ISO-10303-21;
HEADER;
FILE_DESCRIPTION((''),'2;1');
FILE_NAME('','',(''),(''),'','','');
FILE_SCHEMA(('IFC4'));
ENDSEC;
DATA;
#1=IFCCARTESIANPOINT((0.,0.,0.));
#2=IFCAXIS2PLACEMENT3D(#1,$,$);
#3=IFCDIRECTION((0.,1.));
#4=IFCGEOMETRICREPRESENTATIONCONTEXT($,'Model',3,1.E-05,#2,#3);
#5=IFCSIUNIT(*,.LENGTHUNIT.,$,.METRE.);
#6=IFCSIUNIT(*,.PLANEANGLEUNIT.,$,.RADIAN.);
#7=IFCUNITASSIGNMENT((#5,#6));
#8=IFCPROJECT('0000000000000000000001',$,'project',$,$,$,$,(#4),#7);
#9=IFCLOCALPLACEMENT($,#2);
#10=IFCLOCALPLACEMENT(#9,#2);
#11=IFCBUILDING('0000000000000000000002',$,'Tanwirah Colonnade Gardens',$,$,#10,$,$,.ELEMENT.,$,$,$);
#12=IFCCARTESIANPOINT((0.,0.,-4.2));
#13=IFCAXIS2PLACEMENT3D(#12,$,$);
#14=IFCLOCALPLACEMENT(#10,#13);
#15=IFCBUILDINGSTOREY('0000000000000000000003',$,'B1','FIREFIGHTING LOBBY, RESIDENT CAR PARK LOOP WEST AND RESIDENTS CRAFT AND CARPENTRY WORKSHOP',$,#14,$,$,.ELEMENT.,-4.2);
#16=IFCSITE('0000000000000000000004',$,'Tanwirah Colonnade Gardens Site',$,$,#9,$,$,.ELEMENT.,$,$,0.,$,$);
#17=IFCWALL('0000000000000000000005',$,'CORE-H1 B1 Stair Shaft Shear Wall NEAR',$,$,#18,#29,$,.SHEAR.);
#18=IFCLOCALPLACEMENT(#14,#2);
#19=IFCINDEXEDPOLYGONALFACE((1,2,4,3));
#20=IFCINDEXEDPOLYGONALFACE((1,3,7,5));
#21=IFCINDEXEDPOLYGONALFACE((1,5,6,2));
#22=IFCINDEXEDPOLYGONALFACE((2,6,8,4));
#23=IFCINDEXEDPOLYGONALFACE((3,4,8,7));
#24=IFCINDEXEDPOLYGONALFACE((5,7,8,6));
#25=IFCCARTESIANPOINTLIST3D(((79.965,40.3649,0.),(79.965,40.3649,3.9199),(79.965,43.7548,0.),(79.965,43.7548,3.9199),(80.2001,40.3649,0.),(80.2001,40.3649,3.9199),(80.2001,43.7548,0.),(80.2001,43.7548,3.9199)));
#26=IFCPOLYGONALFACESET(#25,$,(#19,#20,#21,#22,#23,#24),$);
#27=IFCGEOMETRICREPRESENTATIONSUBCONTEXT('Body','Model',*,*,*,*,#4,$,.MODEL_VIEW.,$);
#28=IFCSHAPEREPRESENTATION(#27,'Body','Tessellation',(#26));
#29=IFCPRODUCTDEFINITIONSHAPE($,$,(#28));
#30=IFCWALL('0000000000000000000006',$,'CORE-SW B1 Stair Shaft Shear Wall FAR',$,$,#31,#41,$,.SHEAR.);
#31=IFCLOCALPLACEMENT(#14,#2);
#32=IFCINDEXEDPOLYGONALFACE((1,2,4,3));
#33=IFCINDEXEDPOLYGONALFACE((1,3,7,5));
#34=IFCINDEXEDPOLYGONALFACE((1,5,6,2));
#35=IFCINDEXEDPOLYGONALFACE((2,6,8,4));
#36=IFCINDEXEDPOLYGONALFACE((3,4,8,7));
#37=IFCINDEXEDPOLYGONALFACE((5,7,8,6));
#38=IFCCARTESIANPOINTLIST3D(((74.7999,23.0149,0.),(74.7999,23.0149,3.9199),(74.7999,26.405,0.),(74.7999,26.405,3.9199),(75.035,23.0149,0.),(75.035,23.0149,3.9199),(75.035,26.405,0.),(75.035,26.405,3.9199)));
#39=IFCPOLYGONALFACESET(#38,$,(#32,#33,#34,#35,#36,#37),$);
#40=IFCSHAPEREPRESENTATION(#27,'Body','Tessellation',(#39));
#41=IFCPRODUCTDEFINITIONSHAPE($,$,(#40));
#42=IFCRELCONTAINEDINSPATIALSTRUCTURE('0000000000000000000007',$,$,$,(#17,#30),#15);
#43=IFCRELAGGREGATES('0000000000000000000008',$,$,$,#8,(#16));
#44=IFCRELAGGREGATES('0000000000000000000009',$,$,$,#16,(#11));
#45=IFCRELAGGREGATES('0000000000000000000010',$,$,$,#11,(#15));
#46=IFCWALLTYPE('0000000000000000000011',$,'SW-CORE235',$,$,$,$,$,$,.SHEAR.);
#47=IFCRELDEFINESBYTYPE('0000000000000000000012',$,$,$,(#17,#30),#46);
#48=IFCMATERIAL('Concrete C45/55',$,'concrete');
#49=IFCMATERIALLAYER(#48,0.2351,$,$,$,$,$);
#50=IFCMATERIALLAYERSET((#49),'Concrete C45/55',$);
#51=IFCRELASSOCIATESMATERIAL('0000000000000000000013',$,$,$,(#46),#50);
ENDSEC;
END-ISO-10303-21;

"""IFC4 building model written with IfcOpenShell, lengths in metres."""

from ifc_helpers import new_model, si_unit, direction, frame, frame_2d, origin, place, context, subcontext, project, spatial, rectangle, extrude, material, layer, layer_set, type_object, element, save


model = new_model("IFC4")

# Units and contexts
model_context = context("Model", 3, precision=1e-05, world=origin(), true_north=direction((0.0, 1.0)))
body_context = subcontext(model_context, "Body", "Model", "MODEL_VIEW")
ifc_project = project(units=[si_unit("LENGTHUNIT", "METRE"), si_unit("PLANEANGLEUNIT", "RADIAN")], contexts=[model_context])

# Site, building, storey
site_placement = place(None, origin())
site = spatial("IfcSite", under=ifc_project, at=site_placement, Name="Tanwirah Colonnade Gardens Site", CompositionType="ELEMENT", RefElevation=0.0)
building_placement = place(site_placement, origin())
building = spatial("IfcBuilding", under=site, at=building_placement, Name="Tanwirah Colonnade Gardens", CompositionType="ELEMENT")
storey_placement = place(building_placement, frame((0.0, 0.0, -4.2)))
storey = spatial("IfcBuildingStorey", under=building, at=storey_placement, Name="B1", Description="FIREFIGHTING LOBBY, RESIDENT CAR PARK LOOP WEST AND RESIDENTS CRAFT AND CARPENTRY WORKSHOP", CompositionType="ELEMENT", Elevation=-4.2)

# Shared definitions
ifc_material = material(Name="Concrete C45/55", Category="concrete")

# Walls
ifc_layer = layer(ifc_material, 0.2351)
ifc_layer_set = layer_set([ifc_layer], Name="Concrete C45/55")
wall_type = type_object("IfcWallType", Name="SW-CORE235", PredefinedType="SHEAR", material=ifc_layer_set)
for number, where, z_axis, x_axis, name in (
    (1, (80.0825, 40.365, 0.0), (0.0, 0.0, 1.0), (0.0, 1.0, 0.0), "CORE-H1 B1 Stair Shaft Shear Wall NEAR"),
):
    element("IfcWall", number, at=place(storey_placement, frame(where, z_axis=z_axis, x_axis=x_axis)), inside=storey, type_object=wall_type, Name=name, PredefinedType="SHEAR", context=body_context, shape_type="SweptSolid", body=[
        extrude(rectangle(XDim=3.3899, YDim=0.2351, at=frame_2d((1.6948, 0.0))), origin(), (0.0, 0.0, 1.0), 3.9199),
    ])
wall_1_placement = place(storey_placement, frame((74.9175, 23.0149, 0.0), z_axis=(0.0, 0.0, 1.0), x_axis=(0.0, 1.0, 0.0)))
element("IfcWall", 2, at=wall_1_placement, inside=storey, type_object=wall_type, Name="CORE-SW B1 Stair Shaft Shear Wall FAR", PredefinedType="SHEAR", context=body_context, shape_type="SweptSolid", body=[
    extrude(rectangle(XDim=3.3901, YDim=0.2351, at=frame_2d((1.6951, 0.0))), origin(), (0.0, 0.0, 1.0), 3.9199),
])

save(model, "model.ifc")
